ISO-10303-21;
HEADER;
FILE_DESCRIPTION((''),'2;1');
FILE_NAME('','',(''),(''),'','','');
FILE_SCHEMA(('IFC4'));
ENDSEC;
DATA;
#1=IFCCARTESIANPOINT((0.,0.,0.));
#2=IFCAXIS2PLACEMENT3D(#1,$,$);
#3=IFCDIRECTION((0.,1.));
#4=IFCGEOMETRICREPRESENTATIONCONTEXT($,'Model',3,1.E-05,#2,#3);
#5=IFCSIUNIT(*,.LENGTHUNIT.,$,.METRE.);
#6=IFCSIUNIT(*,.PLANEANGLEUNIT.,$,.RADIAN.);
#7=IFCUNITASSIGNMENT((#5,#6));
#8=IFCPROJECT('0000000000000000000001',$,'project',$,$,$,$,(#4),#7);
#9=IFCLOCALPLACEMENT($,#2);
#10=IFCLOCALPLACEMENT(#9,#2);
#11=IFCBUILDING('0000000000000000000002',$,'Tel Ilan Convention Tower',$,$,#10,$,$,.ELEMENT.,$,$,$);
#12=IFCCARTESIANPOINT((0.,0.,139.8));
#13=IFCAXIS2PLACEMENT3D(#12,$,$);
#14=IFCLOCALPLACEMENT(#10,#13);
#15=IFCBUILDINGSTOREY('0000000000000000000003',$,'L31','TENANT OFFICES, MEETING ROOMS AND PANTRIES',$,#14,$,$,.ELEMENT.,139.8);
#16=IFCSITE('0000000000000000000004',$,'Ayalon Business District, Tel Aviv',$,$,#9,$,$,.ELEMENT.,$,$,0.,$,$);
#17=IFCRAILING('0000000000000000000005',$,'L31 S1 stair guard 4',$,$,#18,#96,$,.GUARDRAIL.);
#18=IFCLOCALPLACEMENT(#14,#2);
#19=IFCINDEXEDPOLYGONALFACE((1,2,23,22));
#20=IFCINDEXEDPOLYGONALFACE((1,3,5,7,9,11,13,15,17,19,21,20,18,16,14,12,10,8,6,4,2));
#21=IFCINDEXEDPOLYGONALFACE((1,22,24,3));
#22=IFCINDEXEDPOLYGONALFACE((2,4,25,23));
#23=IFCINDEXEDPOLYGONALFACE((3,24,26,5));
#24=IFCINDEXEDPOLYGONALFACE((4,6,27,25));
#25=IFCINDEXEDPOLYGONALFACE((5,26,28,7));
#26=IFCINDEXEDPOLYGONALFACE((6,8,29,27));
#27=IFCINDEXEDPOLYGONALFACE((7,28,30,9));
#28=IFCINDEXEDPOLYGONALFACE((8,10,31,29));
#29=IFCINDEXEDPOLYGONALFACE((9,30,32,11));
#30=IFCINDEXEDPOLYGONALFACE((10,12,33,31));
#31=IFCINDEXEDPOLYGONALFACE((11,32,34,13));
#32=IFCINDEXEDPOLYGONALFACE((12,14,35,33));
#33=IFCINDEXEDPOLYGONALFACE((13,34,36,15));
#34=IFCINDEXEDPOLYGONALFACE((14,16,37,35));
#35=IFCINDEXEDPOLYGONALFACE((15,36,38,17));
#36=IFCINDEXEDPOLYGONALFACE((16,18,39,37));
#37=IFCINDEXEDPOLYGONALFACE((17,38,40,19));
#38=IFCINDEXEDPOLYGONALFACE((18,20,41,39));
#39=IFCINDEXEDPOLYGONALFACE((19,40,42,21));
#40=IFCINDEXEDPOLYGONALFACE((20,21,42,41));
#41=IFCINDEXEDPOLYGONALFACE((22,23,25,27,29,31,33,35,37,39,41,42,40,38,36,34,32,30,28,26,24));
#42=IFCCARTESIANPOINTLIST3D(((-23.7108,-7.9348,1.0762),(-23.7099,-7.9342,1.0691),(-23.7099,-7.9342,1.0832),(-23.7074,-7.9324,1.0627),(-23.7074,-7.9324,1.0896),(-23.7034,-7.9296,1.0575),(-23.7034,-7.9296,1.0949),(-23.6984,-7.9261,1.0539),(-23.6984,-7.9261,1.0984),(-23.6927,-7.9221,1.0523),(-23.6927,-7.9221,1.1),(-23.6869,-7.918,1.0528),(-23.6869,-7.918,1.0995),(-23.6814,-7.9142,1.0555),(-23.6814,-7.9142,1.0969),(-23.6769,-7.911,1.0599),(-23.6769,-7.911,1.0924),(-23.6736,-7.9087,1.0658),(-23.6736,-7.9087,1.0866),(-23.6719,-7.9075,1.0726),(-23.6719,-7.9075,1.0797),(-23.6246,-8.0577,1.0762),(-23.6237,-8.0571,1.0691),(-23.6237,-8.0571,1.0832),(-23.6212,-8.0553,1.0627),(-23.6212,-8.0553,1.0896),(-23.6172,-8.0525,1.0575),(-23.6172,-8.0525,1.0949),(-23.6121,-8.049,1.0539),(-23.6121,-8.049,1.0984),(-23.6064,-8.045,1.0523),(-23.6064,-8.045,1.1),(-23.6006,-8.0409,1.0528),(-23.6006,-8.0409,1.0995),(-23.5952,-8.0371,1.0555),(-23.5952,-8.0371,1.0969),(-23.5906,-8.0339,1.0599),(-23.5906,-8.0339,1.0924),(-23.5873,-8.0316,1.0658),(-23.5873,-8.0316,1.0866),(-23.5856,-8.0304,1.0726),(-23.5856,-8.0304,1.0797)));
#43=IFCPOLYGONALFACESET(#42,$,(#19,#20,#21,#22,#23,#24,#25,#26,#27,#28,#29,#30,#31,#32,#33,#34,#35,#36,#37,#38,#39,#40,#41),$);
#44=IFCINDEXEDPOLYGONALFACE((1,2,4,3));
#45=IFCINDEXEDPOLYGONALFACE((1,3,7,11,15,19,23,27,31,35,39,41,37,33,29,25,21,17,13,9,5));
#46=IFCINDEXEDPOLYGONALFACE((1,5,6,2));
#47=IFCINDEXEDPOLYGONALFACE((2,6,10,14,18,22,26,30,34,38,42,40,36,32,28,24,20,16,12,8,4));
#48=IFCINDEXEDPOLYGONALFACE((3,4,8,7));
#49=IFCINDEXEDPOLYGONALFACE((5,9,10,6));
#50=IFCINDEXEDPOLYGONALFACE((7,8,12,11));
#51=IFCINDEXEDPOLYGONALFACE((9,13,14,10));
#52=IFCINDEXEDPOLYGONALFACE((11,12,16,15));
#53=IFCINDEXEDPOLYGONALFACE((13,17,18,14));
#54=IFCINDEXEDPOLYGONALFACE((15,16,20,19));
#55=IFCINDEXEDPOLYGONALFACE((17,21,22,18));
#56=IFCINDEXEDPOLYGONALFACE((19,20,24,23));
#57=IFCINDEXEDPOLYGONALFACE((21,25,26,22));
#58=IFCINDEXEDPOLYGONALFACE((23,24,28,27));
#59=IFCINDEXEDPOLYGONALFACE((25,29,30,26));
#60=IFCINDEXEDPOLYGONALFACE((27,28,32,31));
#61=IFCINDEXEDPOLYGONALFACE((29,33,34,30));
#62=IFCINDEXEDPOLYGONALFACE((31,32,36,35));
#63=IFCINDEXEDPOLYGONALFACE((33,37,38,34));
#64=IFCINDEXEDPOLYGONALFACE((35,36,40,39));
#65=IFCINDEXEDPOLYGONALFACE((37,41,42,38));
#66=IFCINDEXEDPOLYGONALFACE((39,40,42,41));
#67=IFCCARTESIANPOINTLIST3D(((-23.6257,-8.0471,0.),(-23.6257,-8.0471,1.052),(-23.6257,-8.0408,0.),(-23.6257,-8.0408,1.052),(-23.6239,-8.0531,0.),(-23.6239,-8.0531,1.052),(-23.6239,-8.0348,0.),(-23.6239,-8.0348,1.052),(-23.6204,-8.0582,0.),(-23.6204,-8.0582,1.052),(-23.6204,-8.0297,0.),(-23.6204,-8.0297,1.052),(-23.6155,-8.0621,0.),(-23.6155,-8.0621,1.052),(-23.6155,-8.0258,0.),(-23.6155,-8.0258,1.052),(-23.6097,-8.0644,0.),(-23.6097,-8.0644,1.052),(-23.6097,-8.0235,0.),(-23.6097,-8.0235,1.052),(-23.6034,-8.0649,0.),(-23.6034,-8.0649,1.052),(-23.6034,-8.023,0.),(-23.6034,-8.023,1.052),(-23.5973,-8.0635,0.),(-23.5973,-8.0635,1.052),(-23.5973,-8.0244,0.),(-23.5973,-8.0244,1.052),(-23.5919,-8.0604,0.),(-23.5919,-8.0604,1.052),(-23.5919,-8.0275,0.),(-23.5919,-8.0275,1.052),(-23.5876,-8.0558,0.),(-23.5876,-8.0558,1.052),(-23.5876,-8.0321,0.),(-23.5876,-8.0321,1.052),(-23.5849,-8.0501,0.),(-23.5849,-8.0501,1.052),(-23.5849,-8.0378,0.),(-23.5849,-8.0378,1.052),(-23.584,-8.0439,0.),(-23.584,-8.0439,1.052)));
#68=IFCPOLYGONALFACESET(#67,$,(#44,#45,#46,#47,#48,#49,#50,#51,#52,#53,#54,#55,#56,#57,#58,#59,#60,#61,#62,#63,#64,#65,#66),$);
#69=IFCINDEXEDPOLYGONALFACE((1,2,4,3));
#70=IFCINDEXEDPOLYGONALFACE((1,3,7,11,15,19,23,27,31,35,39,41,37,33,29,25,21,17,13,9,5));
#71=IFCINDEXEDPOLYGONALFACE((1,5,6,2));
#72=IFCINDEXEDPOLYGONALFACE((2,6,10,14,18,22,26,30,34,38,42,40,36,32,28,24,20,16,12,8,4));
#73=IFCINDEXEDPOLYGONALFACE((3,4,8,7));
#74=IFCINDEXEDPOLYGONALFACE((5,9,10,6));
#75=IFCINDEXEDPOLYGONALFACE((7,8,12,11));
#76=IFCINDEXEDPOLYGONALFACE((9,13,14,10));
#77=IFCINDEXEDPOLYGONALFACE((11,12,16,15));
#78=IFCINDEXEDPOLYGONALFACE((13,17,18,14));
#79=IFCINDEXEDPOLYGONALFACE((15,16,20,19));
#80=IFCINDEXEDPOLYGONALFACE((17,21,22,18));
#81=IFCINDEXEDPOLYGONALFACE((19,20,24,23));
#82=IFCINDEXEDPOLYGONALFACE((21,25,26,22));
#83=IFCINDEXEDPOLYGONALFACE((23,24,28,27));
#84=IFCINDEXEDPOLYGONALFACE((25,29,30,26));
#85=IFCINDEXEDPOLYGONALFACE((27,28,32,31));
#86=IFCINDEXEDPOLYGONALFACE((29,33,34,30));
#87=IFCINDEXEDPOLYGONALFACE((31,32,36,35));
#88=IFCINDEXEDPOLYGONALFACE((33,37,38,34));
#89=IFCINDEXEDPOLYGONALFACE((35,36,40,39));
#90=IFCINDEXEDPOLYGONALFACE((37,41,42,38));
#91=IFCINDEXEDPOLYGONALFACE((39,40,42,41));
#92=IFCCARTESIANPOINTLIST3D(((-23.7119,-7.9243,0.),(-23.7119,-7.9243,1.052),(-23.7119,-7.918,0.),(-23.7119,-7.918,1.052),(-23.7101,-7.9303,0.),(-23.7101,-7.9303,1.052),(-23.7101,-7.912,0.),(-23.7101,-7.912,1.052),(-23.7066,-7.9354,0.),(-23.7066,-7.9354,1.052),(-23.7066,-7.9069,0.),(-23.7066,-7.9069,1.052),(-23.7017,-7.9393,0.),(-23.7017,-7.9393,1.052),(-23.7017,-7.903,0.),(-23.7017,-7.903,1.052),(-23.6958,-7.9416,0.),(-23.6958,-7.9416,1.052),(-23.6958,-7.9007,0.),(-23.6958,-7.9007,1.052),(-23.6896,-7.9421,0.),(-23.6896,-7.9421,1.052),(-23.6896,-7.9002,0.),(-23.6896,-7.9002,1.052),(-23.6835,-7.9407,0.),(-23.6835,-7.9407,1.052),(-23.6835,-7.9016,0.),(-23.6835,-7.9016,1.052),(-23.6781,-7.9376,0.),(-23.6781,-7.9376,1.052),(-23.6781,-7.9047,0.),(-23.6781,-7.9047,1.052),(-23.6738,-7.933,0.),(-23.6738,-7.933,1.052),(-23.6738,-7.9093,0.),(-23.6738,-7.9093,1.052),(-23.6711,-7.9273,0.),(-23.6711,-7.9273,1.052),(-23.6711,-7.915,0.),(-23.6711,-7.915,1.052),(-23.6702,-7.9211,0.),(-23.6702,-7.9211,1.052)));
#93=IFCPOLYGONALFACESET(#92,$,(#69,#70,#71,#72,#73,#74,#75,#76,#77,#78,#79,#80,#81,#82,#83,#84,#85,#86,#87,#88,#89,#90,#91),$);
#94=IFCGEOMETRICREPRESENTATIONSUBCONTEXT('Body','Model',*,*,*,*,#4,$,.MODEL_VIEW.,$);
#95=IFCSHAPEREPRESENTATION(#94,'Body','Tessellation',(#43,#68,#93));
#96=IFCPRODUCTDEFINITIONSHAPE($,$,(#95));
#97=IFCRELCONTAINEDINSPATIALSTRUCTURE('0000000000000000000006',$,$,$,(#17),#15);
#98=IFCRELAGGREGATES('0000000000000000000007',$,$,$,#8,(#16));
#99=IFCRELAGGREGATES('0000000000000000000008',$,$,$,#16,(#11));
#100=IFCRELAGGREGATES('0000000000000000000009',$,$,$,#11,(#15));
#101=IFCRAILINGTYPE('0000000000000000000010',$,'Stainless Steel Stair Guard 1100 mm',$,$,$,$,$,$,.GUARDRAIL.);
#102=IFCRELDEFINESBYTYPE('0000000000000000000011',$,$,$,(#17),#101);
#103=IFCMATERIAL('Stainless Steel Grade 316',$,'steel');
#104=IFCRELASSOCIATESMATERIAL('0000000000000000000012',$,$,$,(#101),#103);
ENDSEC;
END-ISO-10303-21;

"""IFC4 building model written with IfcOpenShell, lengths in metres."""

from ifc_helpers import new_model, si_unit, direction, frame, origin, origin_2d, place, context, subcontext, project, spatial, circle, extrude, material, type_object, element, save


model = new_model("IFC4")

# Units and contexts
model_context = context("Model", 3, precision=1e-05, world=origin(), true_north=direction((0.0, 1.0)))
body_context = subcontext(model_context, "Body", "Model", "MODEL_VIEW")
ifc_project = project(units=[si_unit("LENGTHUNIT", "METRE"), si_unit("PLANEANGLEUNIT", "RADIAN")], contexts=[model_context])

# Site, building, storey
site_placement = place(None, origin())
site = spatial("IfcSite", under=ifc_project, at=site_placement, Name="Ayalon Business District, Tel Aviv", CompositionType="ELEMENT", RefElevation=0.0)
building_placement = place(site_placement, origin())
building = spatial("IfcBuilding", under=site, at=building_placement, Name="Tel Ilan Convention Tower", CompositionType="ELEMENT")
storey_placement = place(building_placement, frame((0.0, 0.0, 139.8)))
storey = spatial("IfcBuildingStorey", under=building, at=storey_placement, Name="L31", Description="TENANT OFFICES, MEETING ROOMS AND PANTRIES", CompositionType="ELEMENT", Elevation=139.8)

# Railing
ifc_material_1 = material(Name="Stainless Steel Grade 316", Category="steel")
railing_type_1 = type_object("IfcRailingType", Name="Stainless Steel Stair Guard 1100 mm", PredefinedType="GUARDRAIL", material=ifc_material_1)
railing_1_placement = place(storey_placement, frame((-23.605, -8.0439, 0.0)))
element("IfcRailing", 1, at=railing_1_placement, inside=storey, type_object=railing_type_1, Name="L31 S1 stair guard 4", PredefinedType="GUARDRAIL", context=body_context, shape_type="SweptSolid", body=[
    extrude(circle(Radius=0.0239, at=origin_2d()), frame((0.0, 0.0, 1.0762), z_axis=(-0.574445, 0.818543, 0.0), x_axis=(-0.818543, -0.574445, 0.0)), (0.0, 0.0, 1.0), 0.1501),
    extrude(circle(Radius=0.021, at=origin_2d()), origin(), (0.0, 0.0, 1.0), 1.052),
    extrude(circle(Radius=0.021, at=origin_2d()), frame((-0.0862, 0.1228, 0.0)), (0.0, 0.0, 1.0), 1.052),
])

save(model, "model.ifc")
